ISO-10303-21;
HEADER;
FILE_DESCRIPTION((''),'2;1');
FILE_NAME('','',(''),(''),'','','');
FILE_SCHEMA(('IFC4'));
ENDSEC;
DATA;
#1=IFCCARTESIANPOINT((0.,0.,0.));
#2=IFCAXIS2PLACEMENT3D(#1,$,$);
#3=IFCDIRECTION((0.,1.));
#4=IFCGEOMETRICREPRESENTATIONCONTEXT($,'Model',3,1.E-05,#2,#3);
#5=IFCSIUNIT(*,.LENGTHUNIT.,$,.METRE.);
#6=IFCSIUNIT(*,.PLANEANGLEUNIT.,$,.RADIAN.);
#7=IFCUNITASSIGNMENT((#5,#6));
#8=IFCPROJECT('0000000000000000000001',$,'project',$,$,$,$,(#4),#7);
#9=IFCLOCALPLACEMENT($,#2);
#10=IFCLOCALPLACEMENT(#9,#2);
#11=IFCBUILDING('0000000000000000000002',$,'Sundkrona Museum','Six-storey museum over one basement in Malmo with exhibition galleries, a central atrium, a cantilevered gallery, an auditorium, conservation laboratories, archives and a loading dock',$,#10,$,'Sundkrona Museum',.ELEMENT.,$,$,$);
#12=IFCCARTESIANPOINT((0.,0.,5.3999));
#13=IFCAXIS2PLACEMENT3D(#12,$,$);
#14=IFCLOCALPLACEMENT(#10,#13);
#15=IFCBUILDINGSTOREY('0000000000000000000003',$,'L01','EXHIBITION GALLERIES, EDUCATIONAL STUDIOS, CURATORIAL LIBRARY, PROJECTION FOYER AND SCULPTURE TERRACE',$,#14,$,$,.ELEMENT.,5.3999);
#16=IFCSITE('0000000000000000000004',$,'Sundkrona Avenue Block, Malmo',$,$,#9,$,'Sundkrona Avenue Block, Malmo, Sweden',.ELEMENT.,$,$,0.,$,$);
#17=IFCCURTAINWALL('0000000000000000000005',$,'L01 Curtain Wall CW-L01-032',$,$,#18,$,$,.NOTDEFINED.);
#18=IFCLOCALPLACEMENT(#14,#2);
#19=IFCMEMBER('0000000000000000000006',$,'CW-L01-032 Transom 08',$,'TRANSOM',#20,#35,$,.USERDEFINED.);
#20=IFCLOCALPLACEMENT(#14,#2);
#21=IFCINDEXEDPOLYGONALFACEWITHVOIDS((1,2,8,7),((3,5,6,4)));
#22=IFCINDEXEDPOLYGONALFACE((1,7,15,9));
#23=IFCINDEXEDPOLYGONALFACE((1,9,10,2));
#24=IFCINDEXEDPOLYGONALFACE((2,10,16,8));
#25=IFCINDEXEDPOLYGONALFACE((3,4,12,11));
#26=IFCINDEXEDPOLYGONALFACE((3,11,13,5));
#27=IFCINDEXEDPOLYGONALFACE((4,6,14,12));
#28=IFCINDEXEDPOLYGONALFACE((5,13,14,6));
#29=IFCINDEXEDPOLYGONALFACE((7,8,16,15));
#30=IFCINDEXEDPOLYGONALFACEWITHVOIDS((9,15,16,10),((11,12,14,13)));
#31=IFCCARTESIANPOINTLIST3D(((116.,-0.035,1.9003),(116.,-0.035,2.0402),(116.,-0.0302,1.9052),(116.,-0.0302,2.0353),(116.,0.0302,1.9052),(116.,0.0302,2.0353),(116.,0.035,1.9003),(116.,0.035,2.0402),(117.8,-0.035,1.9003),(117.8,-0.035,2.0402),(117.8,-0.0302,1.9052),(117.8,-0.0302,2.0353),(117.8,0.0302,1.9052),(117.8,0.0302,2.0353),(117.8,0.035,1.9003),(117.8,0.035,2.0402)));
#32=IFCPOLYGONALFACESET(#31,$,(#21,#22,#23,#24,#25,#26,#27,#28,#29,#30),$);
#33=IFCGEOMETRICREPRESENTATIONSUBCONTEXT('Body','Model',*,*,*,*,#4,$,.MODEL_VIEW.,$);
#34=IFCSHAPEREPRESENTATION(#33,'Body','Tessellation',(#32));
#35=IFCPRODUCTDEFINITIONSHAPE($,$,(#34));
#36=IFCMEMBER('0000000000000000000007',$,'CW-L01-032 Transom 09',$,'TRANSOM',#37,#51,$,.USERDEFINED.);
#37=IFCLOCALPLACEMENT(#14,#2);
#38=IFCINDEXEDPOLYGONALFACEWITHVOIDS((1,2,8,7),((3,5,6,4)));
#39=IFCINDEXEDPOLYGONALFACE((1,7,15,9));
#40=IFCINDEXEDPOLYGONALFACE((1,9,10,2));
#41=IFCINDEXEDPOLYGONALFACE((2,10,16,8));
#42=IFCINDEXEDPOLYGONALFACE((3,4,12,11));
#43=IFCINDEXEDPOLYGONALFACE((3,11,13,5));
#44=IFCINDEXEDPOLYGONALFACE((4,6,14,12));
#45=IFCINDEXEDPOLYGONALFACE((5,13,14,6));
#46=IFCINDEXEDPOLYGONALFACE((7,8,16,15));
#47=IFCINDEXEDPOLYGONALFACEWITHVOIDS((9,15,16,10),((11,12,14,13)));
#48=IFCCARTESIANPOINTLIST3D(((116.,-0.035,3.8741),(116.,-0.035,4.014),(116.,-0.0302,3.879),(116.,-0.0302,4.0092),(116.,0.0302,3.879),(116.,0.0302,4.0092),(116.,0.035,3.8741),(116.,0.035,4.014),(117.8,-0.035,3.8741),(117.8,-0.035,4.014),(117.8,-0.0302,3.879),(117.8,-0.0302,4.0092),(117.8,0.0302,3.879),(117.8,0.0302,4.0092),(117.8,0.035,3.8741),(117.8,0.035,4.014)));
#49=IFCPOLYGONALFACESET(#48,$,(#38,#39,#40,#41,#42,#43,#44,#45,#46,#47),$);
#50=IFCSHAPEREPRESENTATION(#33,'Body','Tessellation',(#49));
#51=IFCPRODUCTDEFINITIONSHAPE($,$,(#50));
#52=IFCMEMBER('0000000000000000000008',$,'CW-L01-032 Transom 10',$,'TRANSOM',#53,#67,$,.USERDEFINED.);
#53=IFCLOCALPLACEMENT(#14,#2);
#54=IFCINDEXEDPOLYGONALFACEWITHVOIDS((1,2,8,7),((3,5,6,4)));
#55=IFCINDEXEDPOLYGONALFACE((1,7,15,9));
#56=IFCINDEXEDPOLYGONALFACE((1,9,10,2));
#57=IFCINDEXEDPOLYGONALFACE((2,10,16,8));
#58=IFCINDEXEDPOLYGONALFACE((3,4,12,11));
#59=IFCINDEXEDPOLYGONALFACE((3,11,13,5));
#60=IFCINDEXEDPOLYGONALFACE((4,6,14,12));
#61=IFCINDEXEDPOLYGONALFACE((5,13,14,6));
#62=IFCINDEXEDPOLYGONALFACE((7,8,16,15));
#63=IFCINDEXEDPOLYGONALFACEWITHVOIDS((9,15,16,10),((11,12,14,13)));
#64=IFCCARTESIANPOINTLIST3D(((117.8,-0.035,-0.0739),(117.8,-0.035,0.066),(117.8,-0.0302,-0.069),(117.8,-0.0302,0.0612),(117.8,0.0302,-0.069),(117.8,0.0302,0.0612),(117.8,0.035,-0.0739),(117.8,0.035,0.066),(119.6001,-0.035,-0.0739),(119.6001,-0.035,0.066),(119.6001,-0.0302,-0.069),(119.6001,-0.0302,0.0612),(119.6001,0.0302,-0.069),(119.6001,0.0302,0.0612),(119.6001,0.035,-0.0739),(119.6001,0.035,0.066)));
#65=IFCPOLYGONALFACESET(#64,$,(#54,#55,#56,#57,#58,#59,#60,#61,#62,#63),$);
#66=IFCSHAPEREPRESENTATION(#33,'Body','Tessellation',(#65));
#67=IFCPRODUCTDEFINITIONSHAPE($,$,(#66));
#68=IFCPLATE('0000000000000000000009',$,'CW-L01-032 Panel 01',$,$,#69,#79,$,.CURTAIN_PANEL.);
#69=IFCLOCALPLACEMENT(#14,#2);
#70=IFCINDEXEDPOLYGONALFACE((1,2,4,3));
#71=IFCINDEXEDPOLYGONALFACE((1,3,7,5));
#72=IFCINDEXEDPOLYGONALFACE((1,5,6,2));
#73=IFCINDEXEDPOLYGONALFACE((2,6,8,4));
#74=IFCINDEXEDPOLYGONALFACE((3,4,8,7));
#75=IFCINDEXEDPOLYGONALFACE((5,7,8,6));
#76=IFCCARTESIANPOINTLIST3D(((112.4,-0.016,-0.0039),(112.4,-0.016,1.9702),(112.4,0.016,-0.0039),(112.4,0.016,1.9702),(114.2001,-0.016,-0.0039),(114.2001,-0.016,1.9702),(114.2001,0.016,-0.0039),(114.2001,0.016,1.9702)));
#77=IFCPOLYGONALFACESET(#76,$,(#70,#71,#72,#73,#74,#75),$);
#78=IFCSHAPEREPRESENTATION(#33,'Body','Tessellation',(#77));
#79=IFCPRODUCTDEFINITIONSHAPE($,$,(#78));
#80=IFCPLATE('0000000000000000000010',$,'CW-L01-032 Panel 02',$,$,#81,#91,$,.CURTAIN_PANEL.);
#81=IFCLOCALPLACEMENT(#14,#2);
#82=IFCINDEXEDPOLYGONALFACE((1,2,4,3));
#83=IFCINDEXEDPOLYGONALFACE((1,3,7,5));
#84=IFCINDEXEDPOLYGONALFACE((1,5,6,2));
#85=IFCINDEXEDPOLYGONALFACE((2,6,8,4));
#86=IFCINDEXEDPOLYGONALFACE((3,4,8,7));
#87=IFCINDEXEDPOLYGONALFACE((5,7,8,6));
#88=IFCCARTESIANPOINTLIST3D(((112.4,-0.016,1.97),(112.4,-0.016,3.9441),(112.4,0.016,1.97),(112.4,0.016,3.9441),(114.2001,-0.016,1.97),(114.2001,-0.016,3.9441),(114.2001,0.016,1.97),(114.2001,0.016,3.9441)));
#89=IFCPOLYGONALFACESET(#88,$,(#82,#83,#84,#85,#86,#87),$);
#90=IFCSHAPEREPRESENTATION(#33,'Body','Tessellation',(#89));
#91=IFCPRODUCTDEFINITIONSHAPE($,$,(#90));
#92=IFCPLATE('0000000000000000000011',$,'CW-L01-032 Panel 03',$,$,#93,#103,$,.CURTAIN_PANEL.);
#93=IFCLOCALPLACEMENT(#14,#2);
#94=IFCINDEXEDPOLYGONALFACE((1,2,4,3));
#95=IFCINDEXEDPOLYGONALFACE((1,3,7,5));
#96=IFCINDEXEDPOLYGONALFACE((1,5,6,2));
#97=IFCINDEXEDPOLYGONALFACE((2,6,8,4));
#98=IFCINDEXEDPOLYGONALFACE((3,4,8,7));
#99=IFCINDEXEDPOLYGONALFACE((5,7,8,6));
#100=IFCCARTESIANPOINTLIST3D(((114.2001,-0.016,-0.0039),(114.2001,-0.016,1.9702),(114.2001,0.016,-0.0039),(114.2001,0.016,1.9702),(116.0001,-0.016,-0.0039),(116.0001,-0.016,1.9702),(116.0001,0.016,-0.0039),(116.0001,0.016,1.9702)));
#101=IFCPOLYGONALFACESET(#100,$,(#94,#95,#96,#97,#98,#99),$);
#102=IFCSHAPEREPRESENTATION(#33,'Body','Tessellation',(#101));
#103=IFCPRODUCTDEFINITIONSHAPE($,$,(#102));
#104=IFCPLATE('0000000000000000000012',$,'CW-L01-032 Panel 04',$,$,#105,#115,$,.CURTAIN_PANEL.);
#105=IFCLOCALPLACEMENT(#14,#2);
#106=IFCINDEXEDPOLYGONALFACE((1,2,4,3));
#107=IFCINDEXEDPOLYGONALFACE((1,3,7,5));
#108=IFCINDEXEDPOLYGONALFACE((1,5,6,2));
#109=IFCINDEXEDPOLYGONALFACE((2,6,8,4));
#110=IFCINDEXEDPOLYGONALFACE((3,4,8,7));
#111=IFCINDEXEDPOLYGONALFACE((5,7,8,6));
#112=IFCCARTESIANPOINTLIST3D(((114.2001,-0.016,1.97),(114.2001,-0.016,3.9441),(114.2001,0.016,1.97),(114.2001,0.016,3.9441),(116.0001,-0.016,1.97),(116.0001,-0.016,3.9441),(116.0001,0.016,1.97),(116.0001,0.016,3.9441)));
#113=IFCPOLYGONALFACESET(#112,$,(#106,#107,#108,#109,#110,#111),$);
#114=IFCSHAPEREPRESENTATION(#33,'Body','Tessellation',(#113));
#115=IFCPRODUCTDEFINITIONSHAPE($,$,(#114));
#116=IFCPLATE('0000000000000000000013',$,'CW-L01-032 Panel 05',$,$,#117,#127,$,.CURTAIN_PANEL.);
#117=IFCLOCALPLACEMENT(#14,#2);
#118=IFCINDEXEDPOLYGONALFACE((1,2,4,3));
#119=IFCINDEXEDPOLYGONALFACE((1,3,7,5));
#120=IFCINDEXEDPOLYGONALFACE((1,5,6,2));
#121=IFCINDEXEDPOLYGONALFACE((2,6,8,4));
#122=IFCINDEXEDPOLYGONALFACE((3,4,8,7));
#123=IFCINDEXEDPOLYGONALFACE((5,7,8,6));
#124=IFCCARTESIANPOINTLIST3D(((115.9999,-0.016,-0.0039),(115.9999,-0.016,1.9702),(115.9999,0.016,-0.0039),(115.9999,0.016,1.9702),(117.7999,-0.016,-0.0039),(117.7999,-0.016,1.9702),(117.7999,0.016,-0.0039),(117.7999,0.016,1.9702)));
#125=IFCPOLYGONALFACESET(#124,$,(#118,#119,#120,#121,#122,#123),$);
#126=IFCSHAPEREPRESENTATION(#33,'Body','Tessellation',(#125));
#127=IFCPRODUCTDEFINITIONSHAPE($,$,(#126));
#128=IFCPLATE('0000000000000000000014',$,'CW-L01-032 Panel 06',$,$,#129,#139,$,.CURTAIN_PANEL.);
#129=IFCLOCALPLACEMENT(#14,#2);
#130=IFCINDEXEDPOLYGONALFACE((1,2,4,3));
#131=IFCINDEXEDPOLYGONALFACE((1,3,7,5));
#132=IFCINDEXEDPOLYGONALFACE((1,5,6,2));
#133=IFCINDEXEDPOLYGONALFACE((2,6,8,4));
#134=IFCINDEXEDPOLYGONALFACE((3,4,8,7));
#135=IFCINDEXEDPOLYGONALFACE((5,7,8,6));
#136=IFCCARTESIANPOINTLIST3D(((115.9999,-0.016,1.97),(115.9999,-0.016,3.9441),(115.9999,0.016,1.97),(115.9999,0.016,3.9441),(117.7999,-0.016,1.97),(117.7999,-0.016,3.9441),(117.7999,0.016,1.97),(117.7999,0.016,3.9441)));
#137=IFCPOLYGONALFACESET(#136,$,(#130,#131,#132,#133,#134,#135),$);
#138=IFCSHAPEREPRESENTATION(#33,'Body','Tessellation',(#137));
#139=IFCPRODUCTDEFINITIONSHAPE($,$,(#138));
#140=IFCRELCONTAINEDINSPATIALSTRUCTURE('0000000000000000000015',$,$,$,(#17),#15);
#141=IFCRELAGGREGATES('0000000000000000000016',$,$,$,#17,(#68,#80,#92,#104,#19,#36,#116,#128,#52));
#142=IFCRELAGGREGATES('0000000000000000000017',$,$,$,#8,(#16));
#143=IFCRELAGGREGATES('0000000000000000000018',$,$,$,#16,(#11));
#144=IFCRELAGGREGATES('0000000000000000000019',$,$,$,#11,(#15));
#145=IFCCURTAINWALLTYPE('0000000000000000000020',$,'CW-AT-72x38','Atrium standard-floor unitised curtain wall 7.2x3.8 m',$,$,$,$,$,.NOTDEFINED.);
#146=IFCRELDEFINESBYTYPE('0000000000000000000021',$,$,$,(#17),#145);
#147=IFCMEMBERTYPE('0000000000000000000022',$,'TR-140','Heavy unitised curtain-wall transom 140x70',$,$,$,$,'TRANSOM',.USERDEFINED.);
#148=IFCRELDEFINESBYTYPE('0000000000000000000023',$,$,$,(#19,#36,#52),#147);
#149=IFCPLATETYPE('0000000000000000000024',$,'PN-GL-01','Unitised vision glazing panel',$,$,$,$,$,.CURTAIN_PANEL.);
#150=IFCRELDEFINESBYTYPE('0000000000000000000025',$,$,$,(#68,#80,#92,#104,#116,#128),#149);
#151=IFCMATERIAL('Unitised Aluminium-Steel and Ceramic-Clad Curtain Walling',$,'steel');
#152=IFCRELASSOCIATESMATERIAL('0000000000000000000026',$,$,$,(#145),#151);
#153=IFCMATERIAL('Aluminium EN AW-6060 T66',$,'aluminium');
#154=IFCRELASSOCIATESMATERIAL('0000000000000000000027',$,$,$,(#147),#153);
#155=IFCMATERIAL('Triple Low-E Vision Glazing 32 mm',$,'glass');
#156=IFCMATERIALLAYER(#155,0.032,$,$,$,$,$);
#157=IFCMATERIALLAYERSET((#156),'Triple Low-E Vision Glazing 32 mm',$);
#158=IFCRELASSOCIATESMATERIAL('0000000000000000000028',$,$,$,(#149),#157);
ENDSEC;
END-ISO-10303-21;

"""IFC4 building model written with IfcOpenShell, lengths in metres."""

from ifc_helpers import new_model, si_unit, direction, frame, origin, origin_2d, place, context, subcontext, project, spatial, rectangle, hollow_rectangle, extrude, material, layer, layer_set, material_profile, profile_set, type_object, element, aggregate, save


model = new_model("IFC4")

# Units and contexts
model_context = context("Model", 3, precision=1e-05, world=origin(), true_north=direction((0.0, 1.0)))
body_context = subcontext(model_context, "Body", "Model", "MODEL_VIEW")
ifc_project = project(units=[si_unit("LENGTHUNIT", "METRE"), si_unit("PLANEANGLEUNIT", "RADIAN")], contexts=[model_context])

# Site, building, storey
site_placement = place(None, origin())
site = spatial("IfcSite", under=ifc_project, at=site_placement, Name="Sundkrona Avenue Block, Malmo", LongName="Sundkrona Avenue Block, Malmo, Sweden", CompositionType="ELEMENT", RefElevation=0.0)
building_placement = place(site_placement, origin())
building = spatial("IfcBuilding", under=site, at=building_placement, Name="Sundkrona Museum", Description="Six-storey museum over one basement in Malmo with exhibition galleries, a central atrium, a cantilevered gallery, an auditorium, conservation laboratories, archives and a loading dock", LongName="Sundkrona Museum", CompositionType="ELEMENT")
storey_placement = place(building_placement, frame((0.0, 0.0, 5.3999)))
storey = spatial("IfcBuildingStorey", under=building, at=storey_placement, Name="L01", Description="EXHIBITION GALLERIES, EDUCATIONAL STUDIOS, CURATORIAL LIBRARY, PROJECTION FOYER AND SCULPTURE TERRACE", CompositionType="ELEMENT", Elevation=5.3999)

# Curtain wall, members, plates
ifc_material_1 = material(Name="Unitised Aluminium-Steel and Ceramic-Clad Curtain Walling", Category="steel")
curtain_wall_type = type_object("IfcCurtainWallType", Name="CW-AT-72x38", Description="Atrium standard-floor unitised curtain wall 7.2x3.8 m", PredefinedType="NOTDEFINED", material=ifc_material_1)
curtain_wall_placement = place(storey_placement, origin())
curtain_wall = element("IfcCurtainWall", 1, at=curtain_wall_placement, inside=storey, type_object=curtain_wall_type, Name="L01 Curtain Wall CW-L01-032", PredefinedType="NOTDEFINED")
ifc_material_2 = material(Name="Aluminium EN AW-6060 T66", Category="aluminium")
ifc_material_profile_1 = material_profile(ifc_material_2, hollow_rectangle(XDim=0.0701, YDim=0.1399, WallThickness=0.0049, at=origin_2d()), Name="RHS 140x70x5.0")
ifc_profile_set_1 = profile_set([ifc_material_profile_1], Name="Aluminium EN AW-6060 T66")
member_type_1 = type_object("IfcMemberType", Name="TR-140", Description="Heavy unitised curtain-wall transom 140x70", ElementType="TRANSOM", PredefinedType="USERDEFINED", material=ifc_profile_set_1)
member_1_placement = place(storey_placement, frame((116.0, 0.0, 1.9702), z_axis=(1.0, 0.0, 0.0), x_axis=(0.0, 1.0, 0.0)))
member_1 = element("IfcMember", 2, at=member_1_placement, type_object=member_type_1, Name="CW-L01-032 Transom 08", ObjectType="TRANSOM", PredefinedType="USERDEFINED", context=body_context, shape_type="SweptSolid", body=[
    extrude(hollow_rectangle(XDim=0.0701, YDim=0.1399, WallThickness=0.0049, at=origin_2d()), origin(), (0.0, 0.0, 1.0), 1.8),
])
member_2_placement = place(storey_placement, frame((116.0, 0.0, 3.9441), z_axis=(1.0, 0.0, 0.0), x_axis=(0.0, 1.0, 0.0)))
member_2 = element("IfcMember", 3, at=member_2_placement, type_object=member_type_1, Name="CW-L01-032 Transom 09", ObjectType="TRANSOM", PredefinedType="USERDEFINED", context=body_context, shape_type="SweptSolid", body=[
    extrude(hollow_rectangle(XDim=0.0701, YDim=0.1399, WallThickness=0.0049, at=origin_2d()), origin(), (0.0, 0.0, 1.0), 1.8),
])
member_3_placement = place(storey_placement, frame((117.8, 0.0, -0.0039), z_axis=(1.0, 0.0, 0.0), x_axis=(0.0, 1.0, 0.0)))
member_3 = element("IfcMember", 4, at=member_3_placement, type_object=member_type_1, Name="CW-L01-032 Transom 10", ObjectType="TRANSOM", PredefinedType="USERDEFINED", context=body_context, shape_type="SweptSolid", body=[
    extrude(hollow_rectangle(XDim=0.0701, YDim=0.1399, WallThickness=0.0049, at=origin_2d()), origin(), (0.0, 0.0, 1.0), 1.8),
])
ifc_material_3 = material(Name="Triple Low-E Vision Glazing 32 mm", Category="glass")
ifc_layer = layer(ifc_material_3, 0.032)
ifc_layer_set = layer_set([ifc_layer], Name="Triple Low-E Vision Glazing 32 mm")
plate_type = type_object("IfcPlateType", Name="PN-GL-01", Description="Unitised vision glazing panel", PredefinedType="CURTAIN_PANEL", material=ifc_layer_set)
plate_1_placement = place(storey_placement, frame((113.3, 0.0, -0.0039), z_axis=(0.0, 0.0, 1.0), x_axis=(1.0, 0.0, 0.0)))
plate_1 = element("IfcPlate", 5, at=plate_1_placement, type_object=plate_type, Name="CW-L01-032 Panel 01", PredefinedType="CURTAIN_PANEL", context=body_context, shape_type="SweptSolid", body=[
    extrude(rectangle(XDim=1.8, YDim=0.032, at=origin_2d()), origin(), (0.0, 0.0, 1.0), 1.9741),
])
plate_2_placement = place(storey_placement, frame((113.3, 0.0, 1.97), z_axis=(0.0, 0.0, 1.0), x_axis=(1.0, 0.0, 0.0)))
plate_2 = element("IfcPlate", 6, at=plate_2_placement, type_object=plate_type, Name="CW-L01-032 Panel 02", PredefinedType="CURTAIN_PANEL", context=body_context, shape_type="SweptSolid", body=[
    extrude(rectangle(XDim=1.8, YDim=0.032, at=origin_2d()), origin(), (0.0, 0.0, 1.0), 1.9741),
])
plate_3_placement = place(storey_placement, frame((115.1001, 0.0, -0.0039), z_axis=(0.0, 0.0, 1.0), x_axis=(1.0, 0.0, 0.0)))
plate_3 = element("IfcPlate", 7, at=plate_3_placement, type_object=plate_type, Name="CW-L01-032 Panel 03", PredefinedType="CURTAIN_PANEL", context=body_context, shape_type="SweptSolid", body=[
    extrude(rectangle(XDim=1.8, YDim=0.032, at=origin_2d()), origin(), (0.0, 0.0, 1.0), 1.9741),
])
plate_4_placement = place(storey_placement, frame((115.1001, 0.0, 1.97), z_axis=(0.0, 0.0, 1.0), x_axis=(1.0, 0.0, 0.0)))
plate_4 = element("IfcPlate", 8, at=plate_4_placement, type_object=plate_type, Name="CW-L01-032 Panel 04", PredefinedType="CURTAIN_PANEL", context=body_context, shape_type="SweptSolid", body=[
    extrude(rectangle(XDim=1.8, YDim=0.032, at=origin_2d()), origin(), (0.0, 0.0, 1.0), 1.9741),
])
plate_5_placement = place(storey_placement, frame((116.8999, 0.0, -0.0039), z_axis=(0.0, 0.0, 1.0), x_axis=(1.0, 0.0, 0.0)))
plate_5 = element("IfcPlate", 9, at=plate_5_placement, type_object=plate_type, Name="CW-L01-032 Panel 05", PredefinedType="CURTAIN_PANEL", context=body_context, shape_type="SweptSolid", body=[
    extrude(rectangle(XDim=1.8, YDim=0.032, at=origin_2d()), origin(), (0.0, 0.0, 1.0), 1.9741),
])
plate_6_placement = place(storey_placement, frame((116.8999, 0.0, 1.97), z_axis=(0.0, 0.0, 1.0), x_axis=(1.0, 0.0, 0.0)))
plate_6 = element("IfcPlate", 10, at=plate_6_placement, type_object=plate_type, Name="CW-L01-032 Panel 06", PredefinedType="CURTAIN_PANEL", context=body_context, shape_type="SweptSolid", body=[
    extrude(rectangle(XDim=1.8, YDim=0.032, at=origin_2d()), origin(), (0.0, 0.0, 1.0), 1.9741),
])
aggregate(curtain_wall, [plate_1, plate_2, plate_3, plate_4, member_1, member_2, plate_5, plate_6, member_3])

save(model, "model.ifc")
